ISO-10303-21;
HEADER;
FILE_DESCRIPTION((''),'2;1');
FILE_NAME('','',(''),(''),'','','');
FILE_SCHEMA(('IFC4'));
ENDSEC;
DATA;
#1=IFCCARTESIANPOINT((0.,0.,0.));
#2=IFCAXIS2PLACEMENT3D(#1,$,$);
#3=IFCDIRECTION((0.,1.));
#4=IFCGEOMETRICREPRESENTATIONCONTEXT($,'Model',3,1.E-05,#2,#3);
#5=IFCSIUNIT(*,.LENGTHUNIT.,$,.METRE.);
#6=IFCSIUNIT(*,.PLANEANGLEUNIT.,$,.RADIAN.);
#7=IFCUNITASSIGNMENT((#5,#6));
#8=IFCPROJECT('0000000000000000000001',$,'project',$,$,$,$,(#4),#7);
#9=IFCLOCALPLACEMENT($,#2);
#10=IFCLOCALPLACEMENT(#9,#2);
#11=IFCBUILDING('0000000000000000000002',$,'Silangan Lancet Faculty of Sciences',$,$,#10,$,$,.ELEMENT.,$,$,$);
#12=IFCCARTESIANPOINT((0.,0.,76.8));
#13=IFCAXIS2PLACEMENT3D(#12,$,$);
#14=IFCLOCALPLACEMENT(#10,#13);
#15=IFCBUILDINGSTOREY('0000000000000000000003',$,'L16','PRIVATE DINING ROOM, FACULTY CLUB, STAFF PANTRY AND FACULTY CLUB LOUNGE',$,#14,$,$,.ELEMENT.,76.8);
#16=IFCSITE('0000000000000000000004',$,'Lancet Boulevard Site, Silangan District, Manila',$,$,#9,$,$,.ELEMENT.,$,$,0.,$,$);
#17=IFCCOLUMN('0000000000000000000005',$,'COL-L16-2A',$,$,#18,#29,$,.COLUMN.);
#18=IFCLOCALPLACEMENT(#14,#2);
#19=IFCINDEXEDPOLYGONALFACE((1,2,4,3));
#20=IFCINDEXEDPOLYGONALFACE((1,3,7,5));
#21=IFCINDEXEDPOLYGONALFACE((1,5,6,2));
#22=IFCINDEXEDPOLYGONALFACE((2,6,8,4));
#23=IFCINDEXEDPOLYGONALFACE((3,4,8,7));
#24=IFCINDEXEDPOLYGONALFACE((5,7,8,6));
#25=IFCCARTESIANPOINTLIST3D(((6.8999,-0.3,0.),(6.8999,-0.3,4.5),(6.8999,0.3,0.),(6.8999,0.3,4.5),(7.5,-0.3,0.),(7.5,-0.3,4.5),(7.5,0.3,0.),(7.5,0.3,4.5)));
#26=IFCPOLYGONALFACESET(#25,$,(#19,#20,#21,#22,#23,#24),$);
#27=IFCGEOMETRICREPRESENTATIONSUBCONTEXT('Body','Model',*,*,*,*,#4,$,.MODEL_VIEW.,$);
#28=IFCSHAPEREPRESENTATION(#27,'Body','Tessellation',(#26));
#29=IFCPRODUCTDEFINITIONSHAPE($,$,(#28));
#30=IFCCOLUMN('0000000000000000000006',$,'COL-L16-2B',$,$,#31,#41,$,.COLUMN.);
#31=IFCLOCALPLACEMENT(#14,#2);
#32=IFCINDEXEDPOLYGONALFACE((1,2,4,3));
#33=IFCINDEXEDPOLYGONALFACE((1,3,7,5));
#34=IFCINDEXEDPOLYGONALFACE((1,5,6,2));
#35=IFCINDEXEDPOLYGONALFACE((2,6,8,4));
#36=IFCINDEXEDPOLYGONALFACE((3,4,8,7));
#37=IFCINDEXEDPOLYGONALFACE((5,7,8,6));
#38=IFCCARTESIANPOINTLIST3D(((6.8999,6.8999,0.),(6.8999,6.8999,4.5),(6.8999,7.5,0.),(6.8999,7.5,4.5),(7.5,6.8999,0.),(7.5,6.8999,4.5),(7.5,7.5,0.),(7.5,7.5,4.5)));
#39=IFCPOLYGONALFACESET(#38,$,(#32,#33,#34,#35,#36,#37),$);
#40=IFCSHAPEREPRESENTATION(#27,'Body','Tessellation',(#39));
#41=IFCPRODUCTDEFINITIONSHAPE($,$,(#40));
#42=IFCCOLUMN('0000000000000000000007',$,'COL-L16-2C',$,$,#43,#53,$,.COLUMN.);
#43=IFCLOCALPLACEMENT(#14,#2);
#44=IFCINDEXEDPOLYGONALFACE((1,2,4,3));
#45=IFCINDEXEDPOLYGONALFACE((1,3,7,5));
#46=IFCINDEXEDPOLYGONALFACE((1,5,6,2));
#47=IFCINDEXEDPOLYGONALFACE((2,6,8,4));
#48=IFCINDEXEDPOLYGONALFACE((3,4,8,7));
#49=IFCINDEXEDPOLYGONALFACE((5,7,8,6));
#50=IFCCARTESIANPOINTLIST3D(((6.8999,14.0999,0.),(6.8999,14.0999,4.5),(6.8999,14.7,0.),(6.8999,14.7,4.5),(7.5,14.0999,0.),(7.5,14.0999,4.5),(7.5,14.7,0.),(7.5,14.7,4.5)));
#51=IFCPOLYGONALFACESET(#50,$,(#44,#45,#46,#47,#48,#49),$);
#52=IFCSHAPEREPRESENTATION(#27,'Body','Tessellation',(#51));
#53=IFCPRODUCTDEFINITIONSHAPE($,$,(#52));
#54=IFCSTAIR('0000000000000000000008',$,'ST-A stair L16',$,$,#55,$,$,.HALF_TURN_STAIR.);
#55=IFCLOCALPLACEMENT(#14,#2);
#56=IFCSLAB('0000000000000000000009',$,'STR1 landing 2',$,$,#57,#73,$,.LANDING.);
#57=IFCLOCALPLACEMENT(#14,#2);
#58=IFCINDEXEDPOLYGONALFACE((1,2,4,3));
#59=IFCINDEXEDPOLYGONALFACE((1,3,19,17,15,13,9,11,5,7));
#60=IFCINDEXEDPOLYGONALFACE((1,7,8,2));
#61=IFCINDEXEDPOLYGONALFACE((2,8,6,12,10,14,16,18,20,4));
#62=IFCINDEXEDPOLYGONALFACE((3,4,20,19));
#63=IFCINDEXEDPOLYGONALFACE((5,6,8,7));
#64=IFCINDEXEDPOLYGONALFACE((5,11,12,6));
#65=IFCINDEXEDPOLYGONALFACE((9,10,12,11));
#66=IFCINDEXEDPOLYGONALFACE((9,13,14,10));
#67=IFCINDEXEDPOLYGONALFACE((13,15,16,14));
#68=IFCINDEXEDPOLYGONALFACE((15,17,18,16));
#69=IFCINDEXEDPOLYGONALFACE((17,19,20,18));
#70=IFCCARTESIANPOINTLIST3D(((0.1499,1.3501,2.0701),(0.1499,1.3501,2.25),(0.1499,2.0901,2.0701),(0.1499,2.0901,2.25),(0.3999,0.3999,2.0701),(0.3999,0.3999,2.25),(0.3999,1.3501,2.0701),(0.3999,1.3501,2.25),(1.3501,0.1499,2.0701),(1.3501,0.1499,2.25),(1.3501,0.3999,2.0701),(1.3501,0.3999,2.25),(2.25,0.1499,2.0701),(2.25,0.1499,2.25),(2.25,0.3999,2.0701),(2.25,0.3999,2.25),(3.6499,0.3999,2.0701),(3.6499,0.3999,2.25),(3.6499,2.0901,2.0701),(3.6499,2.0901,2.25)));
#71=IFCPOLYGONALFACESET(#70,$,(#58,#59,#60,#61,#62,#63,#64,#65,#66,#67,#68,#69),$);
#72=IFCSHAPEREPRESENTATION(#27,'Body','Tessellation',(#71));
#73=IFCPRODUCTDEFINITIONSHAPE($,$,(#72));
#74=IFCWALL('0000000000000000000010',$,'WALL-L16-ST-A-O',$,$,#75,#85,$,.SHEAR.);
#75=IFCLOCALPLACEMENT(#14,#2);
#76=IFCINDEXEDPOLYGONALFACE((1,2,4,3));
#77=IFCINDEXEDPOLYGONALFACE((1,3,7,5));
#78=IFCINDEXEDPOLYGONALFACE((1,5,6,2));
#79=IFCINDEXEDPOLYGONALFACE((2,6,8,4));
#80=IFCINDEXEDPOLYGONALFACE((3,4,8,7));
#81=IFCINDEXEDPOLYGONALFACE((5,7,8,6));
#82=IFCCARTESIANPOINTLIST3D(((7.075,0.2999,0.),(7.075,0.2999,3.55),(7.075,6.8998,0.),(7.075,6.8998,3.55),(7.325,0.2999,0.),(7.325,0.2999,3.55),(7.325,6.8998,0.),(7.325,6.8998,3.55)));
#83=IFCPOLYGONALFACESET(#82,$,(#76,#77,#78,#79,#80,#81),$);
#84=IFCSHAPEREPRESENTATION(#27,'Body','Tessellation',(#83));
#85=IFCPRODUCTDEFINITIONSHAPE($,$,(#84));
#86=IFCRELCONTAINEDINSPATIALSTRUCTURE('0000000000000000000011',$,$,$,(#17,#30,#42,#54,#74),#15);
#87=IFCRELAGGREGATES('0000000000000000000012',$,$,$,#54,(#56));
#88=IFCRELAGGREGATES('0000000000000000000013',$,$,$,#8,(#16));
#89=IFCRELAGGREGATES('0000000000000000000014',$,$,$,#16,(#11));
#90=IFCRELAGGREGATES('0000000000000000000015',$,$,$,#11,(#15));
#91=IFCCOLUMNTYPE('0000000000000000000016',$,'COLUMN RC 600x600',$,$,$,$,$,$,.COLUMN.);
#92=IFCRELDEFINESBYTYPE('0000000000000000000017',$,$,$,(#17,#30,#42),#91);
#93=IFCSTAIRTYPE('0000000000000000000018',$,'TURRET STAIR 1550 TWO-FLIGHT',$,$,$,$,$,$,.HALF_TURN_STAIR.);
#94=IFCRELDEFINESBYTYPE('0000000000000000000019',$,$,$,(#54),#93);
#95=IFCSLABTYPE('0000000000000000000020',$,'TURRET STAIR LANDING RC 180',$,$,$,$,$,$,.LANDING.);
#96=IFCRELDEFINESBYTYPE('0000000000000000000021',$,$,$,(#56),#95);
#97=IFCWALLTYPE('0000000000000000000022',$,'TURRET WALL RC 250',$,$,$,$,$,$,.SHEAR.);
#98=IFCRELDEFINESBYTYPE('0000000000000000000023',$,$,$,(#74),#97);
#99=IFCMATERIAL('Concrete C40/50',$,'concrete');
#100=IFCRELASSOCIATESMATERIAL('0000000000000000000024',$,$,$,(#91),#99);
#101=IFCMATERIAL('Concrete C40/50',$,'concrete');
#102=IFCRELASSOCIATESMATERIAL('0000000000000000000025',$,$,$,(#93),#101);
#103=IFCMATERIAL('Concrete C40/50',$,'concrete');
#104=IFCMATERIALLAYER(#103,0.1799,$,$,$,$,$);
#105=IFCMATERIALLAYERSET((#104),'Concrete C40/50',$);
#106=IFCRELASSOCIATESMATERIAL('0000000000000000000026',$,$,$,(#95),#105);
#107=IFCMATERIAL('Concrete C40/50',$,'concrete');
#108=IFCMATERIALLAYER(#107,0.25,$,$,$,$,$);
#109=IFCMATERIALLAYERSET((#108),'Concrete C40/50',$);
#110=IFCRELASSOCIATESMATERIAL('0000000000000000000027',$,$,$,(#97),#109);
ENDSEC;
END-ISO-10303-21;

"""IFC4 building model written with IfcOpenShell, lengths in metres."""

from ifc_helpers import new_model, si_unit, direction, frame, frame_2d, origin, origin_2d, place, context, subcontext, project, spatial, polyline, rectangle, outline, extrude, material, layer, layer_set, material_profile, profile_set, type_object, element, aggregate, save


model = new_model("IFC4")

# Units and contexts
model_context = context("Model", 3, precision=1e-05, world=origin(), true_north=direction((0.0, 1.0)))
body_context = subcontext(model_context, "Body", "Model", "MODEL_VIEW")
ifc_project = project(units=[si_unit("LENGTHUNIT", "METRE"), si_unit("PLANEANGLEUNIT", "RADIAN")], contexts=[model_context])

# Site, building, storey
site_placement = place(None, origin())
site = spatial("IfcSite", under=ifc_project, at=site_placement, Name="Lancet Boulevard Site, Silangan District, Manila", CompositionType="ELEMENT", RefElevation=0.0)
building_placement = place(site_placement, origin())
building = spatial("IfcBuilding", under=site, at=building_placement, Name="Silangan Lancet Faculty of Sciences", CompositionType="ELEMENT")
storey_placement = place(building_placement, frame((0.0, 0.0, 76.8)))
storey = spatial("IfcBuildingStorey", under=building, at=storey_placement, Name="L16", Description="PRIVATE DINING ROOM, FACULTY CLUB, STAFF PANTRY AND FACULTY CLUB LOUNGE", CompositionType="ELEMENT", Elevation=76.8)

# Columns
ifc_material_1 = material(Name="Concrete C40/50", Category="concrete")
ifc_material_profile = material_profile(ifc_material_1, rectangle(XDim=0.6001, YDim=0.6001, at=origin_2d()), Name="RC 600x600")
ifc_profile_set = profile_set([ifc_material_profile], Name="Concrete C40/50")
column_type = type_object("IfcColumnType", Name="COLUMN RC 600x600", PredefinedType="COLUMN", material=ifc_profile_set)
for number, where, z_axis, x_axis, name in (
    (1, (7.2, 0.0, 0.0), (0.0, 0.0, 1.0), (1.0, 0.0, 0.0), "COL-L16-2A"),
    (2, (7.2, 7.2, 0.0), (0.0, 0.0, 1.0), (1.0, 0.0, 0.0), "COL-L16-2B"),
    (3, (7.2, 14.3999, 0.0), (0.0, 0.0, 1.0), (1.0, 0.0, 0.0), "COL-L16-2C"),
):
    element("IfcColumn", number, at=place(storey_placement, frame(where, z_axis=z_axis, x_axis=x_axis)), inside=storey, type_object=column_type, Name=name, PredefinedType="COLUMN", context=body_context, shape_type="SweptSolid", body=[
        extrude(rectangle(XDim=0.6001, YDim=0.6001, at=origin_2d()), origin(), (0.0, 0.0, 1.0), 4.5),
    ])

# Stair, slab
ifc_material_2 = material(Name="Concrete C40/50", Category="concrete")
stair_type = type_object("IfcStairType", Name="TURRET STAIR 1550 TWO-FLIGHT", PredefinedType="HALF_TURN_STAIR", material=ifc_material_2)
stair_placement = place(storey_placement, origin())
stair = element("IfcStair", 4, at=stair_placement, inside=storey, type_object=stair_type, Name="ST-A stair L16", PredefinedType="HALF_TURN_STAIR")
ifc_material_3 = material(Name="Concrete C40/50", Category="concrete")
ifc_layer_1 = layer(ifc_material_3, 0.1799)
ifc_layer_set_1 = layer_set([ifc_layer_1], Name="Concrete C40/50")
slab_type = type_object("IfcSlabType", Name="TURRET STAIR LANDING RC 180", PredefinedType="LANDING", material=ifc_layer_set_1)
slab_placement = place(storey_placement, frame((0.0, 0.0, 2.0701)))
slab = element("IfcSlab", 5, at=slab_placement, type_object=slab_type, Name="STR1 landing 2", PredefinedType="LANDING", context=body_context, shape_type="SweptSolid", body=[
    extrude(outline(polyline([(0.1499, 1.3501), (0.1499, 2.0901), (3.6499, 2.0901), (3.6499, 0.3999), (2.25, 0.3999), (2.25, 0.1499), (1.3501, 0.1499), (1.3501, 0.3999), (0.3999, 0.3999), (0.3999, 1.3501), (0.1499, 1.3501)])), origin(), (0.0, 0.0, 1.0), 0.1799),
])
aggregate(stair, [slab])

# Wall
ifc_material_4 = material(Name="Concrete C40/50", Category="concrete")
ifc_layer_2 = layer(ifc_material_4, 0.25)
ifc_layer_set_2 = layer_set([ifc_layer_2], Name="Concrete C40/50")
wall_type = type_object("IfcWallType", Name="TURRET WALL RC 250", PredefinedType="SHEAR", material=ifc_layer_set_2)
wall_placement = place(storey_placement, frame((7.2, 0.3, 0.0), z_axis=(0.0, 0.0, 1.0), x_axis=(0.0, 1.0, 0.0)))
element("IfcWall", 6, at=wall_placement, inside=storey, type_object=wall_type, Name="WALL-L16-ST-A-O", PredefinedType="SHEAR", context=body_context, shape_type="SweptSolid", body=[
    extrude(rectangle(XDim=6.5999, YDim=0.25, at=frame_2d((3.2998, 0.0))), origin(), (0.0, 0.0, 1.0), 3.55),
])

save(model, "model.ifc")
